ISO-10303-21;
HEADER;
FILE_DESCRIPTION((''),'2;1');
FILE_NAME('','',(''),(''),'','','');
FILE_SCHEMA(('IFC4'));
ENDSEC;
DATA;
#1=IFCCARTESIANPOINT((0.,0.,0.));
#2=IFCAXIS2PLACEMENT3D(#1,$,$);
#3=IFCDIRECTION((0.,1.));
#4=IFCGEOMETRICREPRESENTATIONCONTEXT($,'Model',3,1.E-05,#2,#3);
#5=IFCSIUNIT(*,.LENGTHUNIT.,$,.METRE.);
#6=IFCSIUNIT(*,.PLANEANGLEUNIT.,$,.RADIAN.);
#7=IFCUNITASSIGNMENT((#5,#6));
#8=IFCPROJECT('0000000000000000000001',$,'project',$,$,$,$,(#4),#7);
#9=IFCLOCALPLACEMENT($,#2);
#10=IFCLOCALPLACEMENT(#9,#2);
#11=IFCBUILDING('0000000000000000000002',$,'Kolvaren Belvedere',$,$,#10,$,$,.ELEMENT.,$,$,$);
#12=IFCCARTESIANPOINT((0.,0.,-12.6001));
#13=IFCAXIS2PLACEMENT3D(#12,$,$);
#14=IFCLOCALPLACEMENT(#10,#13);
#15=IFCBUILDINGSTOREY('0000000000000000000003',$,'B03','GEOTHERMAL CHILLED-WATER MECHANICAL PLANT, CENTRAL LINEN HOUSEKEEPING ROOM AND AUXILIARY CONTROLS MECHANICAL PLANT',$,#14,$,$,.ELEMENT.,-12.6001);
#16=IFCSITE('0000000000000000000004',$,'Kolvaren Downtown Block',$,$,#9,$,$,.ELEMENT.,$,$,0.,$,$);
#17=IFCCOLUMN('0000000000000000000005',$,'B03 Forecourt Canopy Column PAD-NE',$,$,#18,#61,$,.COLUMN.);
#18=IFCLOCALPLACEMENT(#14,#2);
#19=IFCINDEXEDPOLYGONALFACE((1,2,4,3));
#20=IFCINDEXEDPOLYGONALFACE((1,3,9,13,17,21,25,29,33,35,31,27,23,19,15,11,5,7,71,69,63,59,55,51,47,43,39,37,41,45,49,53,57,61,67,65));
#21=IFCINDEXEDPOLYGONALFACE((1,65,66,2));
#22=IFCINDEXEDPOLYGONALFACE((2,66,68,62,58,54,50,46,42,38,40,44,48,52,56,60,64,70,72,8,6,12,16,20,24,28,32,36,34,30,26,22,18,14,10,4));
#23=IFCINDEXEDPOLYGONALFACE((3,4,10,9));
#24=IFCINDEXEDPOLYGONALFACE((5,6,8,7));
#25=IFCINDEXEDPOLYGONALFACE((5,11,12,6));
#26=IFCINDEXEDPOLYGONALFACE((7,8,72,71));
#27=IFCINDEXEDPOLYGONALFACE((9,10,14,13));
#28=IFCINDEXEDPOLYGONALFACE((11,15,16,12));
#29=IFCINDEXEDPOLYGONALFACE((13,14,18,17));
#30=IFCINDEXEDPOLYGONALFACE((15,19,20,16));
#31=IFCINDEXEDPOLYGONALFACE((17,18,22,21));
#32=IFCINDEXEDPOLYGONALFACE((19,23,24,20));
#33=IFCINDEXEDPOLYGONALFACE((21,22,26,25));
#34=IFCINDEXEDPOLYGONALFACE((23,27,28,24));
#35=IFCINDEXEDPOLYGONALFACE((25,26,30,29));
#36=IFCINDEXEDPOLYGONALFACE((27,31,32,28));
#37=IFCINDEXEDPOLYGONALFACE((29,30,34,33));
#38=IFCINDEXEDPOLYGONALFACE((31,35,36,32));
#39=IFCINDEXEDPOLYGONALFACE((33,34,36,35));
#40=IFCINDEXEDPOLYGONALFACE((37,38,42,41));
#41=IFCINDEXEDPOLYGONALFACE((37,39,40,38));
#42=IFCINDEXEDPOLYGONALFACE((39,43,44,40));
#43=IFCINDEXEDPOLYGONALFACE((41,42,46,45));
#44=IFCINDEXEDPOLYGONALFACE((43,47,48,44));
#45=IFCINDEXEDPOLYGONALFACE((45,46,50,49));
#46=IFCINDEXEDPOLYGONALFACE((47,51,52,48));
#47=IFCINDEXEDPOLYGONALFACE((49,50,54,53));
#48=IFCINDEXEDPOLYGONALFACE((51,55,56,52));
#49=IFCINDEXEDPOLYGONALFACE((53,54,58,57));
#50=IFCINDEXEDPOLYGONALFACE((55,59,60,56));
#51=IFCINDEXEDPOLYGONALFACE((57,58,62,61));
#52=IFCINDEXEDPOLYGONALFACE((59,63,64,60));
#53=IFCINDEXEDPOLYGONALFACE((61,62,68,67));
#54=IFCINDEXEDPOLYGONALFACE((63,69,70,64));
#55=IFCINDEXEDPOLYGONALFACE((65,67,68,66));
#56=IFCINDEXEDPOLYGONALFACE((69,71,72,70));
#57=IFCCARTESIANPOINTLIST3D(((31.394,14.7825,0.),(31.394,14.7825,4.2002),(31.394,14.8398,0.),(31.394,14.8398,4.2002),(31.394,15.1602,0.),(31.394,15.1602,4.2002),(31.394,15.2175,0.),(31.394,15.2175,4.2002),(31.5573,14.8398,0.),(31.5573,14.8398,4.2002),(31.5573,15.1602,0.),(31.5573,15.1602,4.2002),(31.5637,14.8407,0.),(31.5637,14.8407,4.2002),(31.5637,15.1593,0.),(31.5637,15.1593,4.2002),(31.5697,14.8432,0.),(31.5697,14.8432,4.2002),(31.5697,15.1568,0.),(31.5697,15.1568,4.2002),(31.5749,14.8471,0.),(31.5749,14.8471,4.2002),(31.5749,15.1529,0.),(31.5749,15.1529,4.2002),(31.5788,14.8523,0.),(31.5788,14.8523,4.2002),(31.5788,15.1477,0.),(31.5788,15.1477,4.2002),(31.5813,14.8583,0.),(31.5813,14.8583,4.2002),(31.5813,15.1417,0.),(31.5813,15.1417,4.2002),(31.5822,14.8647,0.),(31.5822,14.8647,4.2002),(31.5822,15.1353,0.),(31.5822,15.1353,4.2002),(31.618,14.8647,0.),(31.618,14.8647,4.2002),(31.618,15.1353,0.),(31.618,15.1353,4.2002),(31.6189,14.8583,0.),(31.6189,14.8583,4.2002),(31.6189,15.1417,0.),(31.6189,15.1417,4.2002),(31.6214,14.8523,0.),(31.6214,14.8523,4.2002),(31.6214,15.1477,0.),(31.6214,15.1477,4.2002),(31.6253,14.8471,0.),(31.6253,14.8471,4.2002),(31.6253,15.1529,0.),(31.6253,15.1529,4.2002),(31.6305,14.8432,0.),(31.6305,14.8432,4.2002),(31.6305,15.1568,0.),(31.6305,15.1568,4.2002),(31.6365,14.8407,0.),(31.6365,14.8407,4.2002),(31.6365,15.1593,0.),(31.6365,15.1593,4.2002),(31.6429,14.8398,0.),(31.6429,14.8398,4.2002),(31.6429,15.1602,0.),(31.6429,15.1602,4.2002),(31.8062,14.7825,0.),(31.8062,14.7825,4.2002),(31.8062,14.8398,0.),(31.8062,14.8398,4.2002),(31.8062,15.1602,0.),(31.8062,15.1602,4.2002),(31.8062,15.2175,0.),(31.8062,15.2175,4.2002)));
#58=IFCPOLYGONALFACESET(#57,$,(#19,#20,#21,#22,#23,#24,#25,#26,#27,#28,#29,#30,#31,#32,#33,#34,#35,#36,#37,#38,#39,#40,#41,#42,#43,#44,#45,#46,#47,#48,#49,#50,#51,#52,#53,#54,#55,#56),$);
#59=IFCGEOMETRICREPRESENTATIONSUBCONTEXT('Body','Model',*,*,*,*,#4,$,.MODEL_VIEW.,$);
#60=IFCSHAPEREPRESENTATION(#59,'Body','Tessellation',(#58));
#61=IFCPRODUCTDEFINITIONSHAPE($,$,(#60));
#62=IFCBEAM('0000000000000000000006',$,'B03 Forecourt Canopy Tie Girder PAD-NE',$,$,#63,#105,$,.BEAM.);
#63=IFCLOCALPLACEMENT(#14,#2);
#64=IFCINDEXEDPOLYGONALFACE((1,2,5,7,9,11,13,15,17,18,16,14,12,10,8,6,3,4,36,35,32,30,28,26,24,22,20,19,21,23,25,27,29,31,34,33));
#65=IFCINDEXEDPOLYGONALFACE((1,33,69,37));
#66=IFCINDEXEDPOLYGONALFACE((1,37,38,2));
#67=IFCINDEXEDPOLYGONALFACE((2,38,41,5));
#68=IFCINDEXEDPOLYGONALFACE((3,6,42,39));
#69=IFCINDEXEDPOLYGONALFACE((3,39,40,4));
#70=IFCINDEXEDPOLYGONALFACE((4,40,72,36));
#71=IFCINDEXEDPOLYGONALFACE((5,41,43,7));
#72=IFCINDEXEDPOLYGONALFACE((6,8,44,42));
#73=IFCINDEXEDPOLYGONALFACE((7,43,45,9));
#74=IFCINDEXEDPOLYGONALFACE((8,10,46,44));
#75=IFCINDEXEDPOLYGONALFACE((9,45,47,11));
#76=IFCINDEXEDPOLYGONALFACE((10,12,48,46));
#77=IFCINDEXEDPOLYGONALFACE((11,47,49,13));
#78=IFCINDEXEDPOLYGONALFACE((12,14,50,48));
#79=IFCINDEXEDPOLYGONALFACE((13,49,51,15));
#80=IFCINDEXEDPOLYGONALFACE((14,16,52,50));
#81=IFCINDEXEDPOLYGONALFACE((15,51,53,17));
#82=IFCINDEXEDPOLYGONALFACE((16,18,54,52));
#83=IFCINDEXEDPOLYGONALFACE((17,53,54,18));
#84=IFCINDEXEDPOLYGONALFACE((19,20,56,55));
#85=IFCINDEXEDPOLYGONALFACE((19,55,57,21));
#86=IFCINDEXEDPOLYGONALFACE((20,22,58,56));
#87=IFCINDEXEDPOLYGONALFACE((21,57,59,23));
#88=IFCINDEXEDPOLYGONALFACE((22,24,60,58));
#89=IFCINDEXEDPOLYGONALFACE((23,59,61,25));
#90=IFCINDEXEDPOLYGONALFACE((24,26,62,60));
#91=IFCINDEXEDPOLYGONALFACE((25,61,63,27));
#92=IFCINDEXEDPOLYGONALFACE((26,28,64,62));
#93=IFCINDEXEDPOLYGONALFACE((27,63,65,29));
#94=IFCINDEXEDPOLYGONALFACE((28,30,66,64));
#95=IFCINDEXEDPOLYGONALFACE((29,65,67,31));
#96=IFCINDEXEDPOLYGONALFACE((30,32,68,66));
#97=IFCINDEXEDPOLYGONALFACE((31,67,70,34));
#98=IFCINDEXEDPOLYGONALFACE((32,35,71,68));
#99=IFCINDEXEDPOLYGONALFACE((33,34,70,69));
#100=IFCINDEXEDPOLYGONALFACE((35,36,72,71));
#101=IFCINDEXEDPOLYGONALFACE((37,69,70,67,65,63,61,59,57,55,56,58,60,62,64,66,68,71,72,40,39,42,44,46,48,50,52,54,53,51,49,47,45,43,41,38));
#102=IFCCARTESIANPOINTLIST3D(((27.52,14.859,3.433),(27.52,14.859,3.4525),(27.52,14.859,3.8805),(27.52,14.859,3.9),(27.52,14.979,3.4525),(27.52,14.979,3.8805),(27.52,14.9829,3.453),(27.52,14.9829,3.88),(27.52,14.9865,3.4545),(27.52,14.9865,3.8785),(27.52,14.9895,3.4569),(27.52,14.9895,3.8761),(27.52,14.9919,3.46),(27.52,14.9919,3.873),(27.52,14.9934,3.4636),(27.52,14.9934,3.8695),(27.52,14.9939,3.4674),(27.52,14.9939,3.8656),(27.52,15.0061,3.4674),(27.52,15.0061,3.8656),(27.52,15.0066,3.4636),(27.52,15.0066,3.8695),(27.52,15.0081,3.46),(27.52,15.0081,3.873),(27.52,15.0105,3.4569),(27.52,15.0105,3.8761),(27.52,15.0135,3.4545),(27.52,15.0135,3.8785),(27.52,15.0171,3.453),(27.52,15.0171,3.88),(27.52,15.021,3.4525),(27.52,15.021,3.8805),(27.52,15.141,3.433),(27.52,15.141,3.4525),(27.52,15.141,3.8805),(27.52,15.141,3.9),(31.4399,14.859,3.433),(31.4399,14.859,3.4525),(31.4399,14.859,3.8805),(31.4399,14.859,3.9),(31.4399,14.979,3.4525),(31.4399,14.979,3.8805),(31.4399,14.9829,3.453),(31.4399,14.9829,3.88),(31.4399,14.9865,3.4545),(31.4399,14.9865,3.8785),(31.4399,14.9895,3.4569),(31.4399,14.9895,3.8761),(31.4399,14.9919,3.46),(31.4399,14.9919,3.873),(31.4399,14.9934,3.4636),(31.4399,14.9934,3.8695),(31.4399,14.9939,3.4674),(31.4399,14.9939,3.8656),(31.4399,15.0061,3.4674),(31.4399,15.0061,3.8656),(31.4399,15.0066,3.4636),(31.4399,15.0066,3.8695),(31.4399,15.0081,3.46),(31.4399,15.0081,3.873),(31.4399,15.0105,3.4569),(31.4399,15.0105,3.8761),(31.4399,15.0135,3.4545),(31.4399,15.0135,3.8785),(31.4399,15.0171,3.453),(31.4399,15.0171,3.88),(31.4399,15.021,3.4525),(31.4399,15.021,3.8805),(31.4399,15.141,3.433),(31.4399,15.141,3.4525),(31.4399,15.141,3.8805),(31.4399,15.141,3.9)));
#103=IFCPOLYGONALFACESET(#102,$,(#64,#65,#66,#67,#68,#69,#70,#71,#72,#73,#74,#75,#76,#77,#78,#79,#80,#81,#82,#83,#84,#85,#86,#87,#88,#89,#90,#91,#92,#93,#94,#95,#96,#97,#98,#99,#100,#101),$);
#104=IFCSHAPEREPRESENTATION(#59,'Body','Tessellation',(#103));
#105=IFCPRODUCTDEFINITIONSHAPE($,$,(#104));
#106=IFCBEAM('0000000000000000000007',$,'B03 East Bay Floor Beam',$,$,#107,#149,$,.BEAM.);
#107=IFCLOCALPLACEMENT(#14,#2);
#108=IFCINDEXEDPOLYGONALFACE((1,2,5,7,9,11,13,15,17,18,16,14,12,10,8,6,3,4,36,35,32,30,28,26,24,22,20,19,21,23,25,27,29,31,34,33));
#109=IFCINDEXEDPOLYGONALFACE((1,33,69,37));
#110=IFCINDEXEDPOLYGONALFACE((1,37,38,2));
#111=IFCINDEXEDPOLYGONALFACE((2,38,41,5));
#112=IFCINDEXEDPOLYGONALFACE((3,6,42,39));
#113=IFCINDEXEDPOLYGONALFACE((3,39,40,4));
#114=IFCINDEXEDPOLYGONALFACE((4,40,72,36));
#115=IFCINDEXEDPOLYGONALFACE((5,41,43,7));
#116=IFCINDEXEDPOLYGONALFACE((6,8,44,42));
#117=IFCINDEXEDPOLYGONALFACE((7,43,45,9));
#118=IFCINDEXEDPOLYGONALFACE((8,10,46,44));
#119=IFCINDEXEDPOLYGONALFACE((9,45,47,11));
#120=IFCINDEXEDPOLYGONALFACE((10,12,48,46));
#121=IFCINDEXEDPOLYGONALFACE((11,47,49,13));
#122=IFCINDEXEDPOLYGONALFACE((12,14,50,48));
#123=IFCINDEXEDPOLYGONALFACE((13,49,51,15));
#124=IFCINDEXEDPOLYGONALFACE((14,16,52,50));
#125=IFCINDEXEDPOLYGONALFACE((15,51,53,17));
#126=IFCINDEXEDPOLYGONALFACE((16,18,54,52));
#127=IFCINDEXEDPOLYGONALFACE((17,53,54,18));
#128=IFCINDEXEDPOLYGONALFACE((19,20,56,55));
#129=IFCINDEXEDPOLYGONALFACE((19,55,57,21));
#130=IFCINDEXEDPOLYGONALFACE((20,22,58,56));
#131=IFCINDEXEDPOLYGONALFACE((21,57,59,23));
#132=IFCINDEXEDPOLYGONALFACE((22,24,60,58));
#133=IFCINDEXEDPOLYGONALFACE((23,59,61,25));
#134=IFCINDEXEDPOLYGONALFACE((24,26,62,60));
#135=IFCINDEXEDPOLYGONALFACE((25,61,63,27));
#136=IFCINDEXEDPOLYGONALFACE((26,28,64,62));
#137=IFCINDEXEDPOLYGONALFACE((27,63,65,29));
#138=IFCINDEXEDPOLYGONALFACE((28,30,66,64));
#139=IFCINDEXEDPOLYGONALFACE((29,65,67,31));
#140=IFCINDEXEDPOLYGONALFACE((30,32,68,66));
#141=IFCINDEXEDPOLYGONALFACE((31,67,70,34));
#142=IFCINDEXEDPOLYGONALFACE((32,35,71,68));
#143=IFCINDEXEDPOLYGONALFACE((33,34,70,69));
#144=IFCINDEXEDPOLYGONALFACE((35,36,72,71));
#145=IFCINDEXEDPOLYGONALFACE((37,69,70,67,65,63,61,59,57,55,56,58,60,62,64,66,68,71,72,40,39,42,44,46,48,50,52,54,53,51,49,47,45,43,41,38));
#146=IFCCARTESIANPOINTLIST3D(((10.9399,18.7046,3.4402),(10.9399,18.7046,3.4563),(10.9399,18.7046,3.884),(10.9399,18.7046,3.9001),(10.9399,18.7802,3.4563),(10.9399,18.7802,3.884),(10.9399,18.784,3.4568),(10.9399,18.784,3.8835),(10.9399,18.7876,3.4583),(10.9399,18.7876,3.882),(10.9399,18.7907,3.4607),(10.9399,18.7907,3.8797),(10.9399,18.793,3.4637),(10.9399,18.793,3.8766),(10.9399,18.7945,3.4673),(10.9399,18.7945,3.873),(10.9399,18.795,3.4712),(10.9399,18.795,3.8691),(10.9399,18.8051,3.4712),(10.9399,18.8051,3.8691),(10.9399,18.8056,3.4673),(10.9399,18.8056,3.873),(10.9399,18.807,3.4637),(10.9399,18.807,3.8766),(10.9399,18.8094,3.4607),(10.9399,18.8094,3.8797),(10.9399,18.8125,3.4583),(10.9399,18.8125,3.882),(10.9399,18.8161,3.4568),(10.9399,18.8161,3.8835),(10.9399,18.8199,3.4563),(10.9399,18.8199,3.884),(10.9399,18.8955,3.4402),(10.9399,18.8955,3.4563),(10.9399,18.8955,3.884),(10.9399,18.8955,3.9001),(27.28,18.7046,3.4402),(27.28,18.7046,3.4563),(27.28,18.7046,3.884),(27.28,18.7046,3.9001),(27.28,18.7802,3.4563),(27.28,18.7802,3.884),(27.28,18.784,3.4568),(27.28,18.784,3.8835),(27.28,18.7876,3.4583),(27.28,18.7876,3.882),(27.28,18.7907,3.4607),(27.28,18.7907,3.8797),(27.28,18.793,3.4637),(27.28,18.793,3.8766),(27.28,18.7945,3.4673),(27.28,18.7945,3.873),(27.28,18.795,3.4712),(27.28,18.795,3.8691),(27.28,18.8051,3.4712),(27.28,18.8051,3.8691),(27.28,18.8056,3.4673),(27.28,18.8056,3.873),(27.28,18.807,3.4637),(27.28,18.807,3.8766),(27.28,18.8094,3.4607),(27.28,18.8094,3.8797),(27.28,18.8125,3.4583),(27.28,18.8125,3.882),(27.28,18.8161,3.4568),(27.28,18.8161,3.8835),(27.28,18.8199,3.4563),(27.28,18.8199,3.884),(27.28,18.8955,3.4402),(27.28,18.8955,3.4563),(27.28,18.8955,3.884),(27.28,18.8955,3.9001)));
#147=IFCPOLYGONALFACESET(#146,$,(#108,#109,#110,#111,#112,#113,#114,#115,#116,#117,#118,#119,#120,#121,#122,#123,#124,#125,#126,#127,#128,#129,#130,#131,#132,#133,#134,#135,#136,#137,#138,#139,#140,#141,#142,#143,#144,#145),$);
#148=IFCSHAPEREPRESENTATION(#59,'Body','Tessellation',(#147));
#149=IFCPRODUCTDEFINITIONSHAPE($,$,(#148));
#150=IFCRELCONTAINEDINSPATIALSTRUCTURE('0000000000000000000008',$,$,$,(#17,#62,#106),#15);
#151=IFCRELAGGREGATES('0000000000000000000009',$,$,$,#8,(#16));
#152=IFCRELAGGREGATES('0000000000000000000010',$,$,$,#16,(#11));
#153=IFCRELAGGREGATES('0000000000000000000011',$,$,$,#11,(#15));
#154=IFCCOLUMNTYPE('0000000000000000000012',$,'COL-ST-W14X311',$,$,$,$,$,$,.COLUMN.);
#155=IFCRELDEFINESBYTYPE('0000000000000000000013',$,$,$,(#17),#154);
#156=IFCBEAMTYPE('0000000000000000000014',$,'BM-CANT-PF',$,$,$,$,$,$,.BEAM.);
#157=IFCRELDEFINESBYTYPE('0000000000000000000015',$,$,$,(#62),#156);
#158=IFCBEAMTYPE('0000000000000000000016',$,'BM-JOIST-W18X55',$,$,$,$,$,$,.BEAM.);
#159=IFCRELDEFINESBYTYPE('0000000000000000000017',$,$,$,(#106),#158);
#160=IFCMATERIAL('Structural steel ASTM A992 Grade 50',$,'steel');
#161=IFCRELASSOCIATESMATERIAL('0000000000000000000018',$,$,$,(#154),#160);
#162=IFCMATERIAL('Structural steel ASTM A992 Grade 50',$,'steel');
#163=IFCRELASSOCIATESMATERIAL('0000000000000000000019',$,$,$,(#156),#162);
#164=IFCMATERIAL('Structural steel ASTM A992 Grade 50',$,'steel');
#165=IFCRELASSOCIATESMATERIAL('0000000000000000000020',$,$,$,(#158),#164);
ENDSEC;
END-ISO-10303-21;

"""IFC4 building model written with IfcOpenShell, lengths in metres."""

from ifc_helpers import new_model, si_unit, direction, frame, origin, origin_2d, place, context, subcontext, project, spatial, i_section, extrude, material, material_profile, profile_set, type_object, element, save


model = new_model("IFC4")

# Units and contexts
model_context = context("Model", 3, precision=1e-05, world=origin(), true_north=direction((0.0, 1.0)))
body_context = subcontext(model_context, "Body", "Model", "MODEL_VIEW")
ifc_project = project(units=[si_unit("LENGTHUNIT", "METRE"), si_unit("PLANEANGLEUNIT", "RADIAN")], contexts=[model_context])

# Site, building, storey
site_placement = place(None, origin())
site = spatial("IfcSite", under=ifc_project, at=site_placement, Name="Kolvaren Downtown Block", CompositionType="ELEMENT", RefElevation=0.0)
building_placement = place(site_placement, origin())
building = spatial("IfcBuilding", under=site, at=building_placement, Name="Kolvaren Belvedere", CompositionType="ELEMENT")
storey_placement = place(building_placement, frame((0.0, 0.0, -12.6001)))
storey = spatial("IfcBuildingStorey", under=building, at=storey_placement, Name="B03", Description="GEOTHERMAL CHILLED-WATER MECHANICAL PLANT, CENTRAL LINEN HOUSEKEEPING ROOM AND AUXILIARY CONTROLS MECHANICAL PLANT", CompositionType="ELEMENT", Elevation=-12.6001)

# Column
ifc_material_1 = material(Name="Structural steel ASTM A992 Grade 50", Category="steel")
ifc_material_profile_1 = material_profile(ifc_material_1, i_section(OverallWidth=0.4121, OverallDepth=0.4351, WebThickness=0.0359, FlangeThickness=0.0574, FilletRadius=0.0249, at=origin_2d()), Name="W14X311")
ifc_profile_set_1 = profile_set([ifc_material_profile_1], Name="Structural steel ASTM A992 Grade 50")
column_type_1 = type_object("IfcColumnType", Name="COL-ST-W14X311", PredefinedType="COLUMN", material=ifc_profile_set_1)
column_placement = place(storey_placement, frame((31.6001, 15.0, 0.0), z_axis=(0.0, 0.0, 1.0), x_axis=(1.0, 0.0, 0.0)))
element("IfcColumn", 1, at=column_placement, inside=storey, type_object=column_type_1, Name="B03 Forecourt Canopy Column PAD-NE", PredefinedType="COLUMN", context=body_context, shape_type="SweptSolid", body=[
    extrude(i_section(OverallWidth=0.4121, OverallDepth=0.4351, WebThickness=0.0359, FlangeThickness=0.0574, FilletRadius=0.0249, at=origin_2d()), origin(), (0.0, 0.0, 1.0), 4.2002),
])

# Beams
ifc_material_2 = material(Name="Structural steel ASTM A992 Grade 50", Category="steel")
ifc_material_profile_2 = material_profile(ifc_material_2, i_section(OverallWidth=0.282, OverallDepth=0.467, WebThickness=0.0122, FlangeThickness=0.0195, FilletRadius=0.0149, at=origin_2d()), Name="W18X86")
ifc_profile_set_2 = profile_set([ifc_material_profile_2], Name="Structural steel ASTM A992 Grade 50")
beam_type_1 = type_object("IfcBeamType", Name="BM-CANT-PF", PredefinedType="BEAM", material=ifc_profile_set_2)
beam_1_placement = place(storey_placement, frame((31.4399, 15.0, 3.6665), z_axis=(-1.0, 0.0, 0.0), x_axis=(0.0, -1.0, 0.0)))
element("IfcBeam", 2, at=beam_1_placement, inside=storey, type_object=beam_type_1, Name="B03 Forecourt Canopy Tie Girder PAD-NE", PredefinedType="BEAM", context=body_context, shape_type="SweptSolid", body=[
    extrude(i_section(OverallWidth=0.282, OverallDepth=0.467, WebThickness=0.0122, FlangeThickness=0.0195, FilletRadius=0.0149, at=origin_2d()), origin(), (0.0, 0.0, 1.0), 3.9199),
])
ifc_material_3 = material(Name="Structural steel ASTM A992 Grade 50", Category="steel")
ifc_material_profile_3 = material_profile(ifc_material_3, i_section(OverallWidth=0.1909, OverallDepth=0.46, WebThickness=0.01, FlangeThickness=0.0161, FilletRadius=0.0149, at=origin_2d()), Name="W18X55")
ifc_profile_set_3 = profile_set([ifc_material_profile_3], Name="Structural steel ASTM A992 Grade 50")
beam_type_2 = type_object("IfcBeamType", Name="BM-JOIST-W18X55", PredefinedType="BEAM", material=ifc_profile_set_3)
beam_2_placement = place(storey_placement, frame((10.9399, 18.8, 3.6702), z_axis=(1.0, 0.0, 0.0), x_axis=(0.0, 1.0, 0.0)))
element("IfcBeam", 3, at=beam_2_placement, inside=storey, type_object=beam_type_2, Name="B03 East Bay Floor Beam", PredefinedType="BEAM", context=body_context, shape_type="SweptSolid", body=[
    extrude(i_section(OverallWidth=0.1909, OverallDepth=0.46, WebThickness=0.01, FlangeThickness=0.0161, FilletRadius=0.0149, at=origin_2d()), origin(), (0.0, 0.0, 1.0), 16.3401),
])

save(model, "model.ifc")
